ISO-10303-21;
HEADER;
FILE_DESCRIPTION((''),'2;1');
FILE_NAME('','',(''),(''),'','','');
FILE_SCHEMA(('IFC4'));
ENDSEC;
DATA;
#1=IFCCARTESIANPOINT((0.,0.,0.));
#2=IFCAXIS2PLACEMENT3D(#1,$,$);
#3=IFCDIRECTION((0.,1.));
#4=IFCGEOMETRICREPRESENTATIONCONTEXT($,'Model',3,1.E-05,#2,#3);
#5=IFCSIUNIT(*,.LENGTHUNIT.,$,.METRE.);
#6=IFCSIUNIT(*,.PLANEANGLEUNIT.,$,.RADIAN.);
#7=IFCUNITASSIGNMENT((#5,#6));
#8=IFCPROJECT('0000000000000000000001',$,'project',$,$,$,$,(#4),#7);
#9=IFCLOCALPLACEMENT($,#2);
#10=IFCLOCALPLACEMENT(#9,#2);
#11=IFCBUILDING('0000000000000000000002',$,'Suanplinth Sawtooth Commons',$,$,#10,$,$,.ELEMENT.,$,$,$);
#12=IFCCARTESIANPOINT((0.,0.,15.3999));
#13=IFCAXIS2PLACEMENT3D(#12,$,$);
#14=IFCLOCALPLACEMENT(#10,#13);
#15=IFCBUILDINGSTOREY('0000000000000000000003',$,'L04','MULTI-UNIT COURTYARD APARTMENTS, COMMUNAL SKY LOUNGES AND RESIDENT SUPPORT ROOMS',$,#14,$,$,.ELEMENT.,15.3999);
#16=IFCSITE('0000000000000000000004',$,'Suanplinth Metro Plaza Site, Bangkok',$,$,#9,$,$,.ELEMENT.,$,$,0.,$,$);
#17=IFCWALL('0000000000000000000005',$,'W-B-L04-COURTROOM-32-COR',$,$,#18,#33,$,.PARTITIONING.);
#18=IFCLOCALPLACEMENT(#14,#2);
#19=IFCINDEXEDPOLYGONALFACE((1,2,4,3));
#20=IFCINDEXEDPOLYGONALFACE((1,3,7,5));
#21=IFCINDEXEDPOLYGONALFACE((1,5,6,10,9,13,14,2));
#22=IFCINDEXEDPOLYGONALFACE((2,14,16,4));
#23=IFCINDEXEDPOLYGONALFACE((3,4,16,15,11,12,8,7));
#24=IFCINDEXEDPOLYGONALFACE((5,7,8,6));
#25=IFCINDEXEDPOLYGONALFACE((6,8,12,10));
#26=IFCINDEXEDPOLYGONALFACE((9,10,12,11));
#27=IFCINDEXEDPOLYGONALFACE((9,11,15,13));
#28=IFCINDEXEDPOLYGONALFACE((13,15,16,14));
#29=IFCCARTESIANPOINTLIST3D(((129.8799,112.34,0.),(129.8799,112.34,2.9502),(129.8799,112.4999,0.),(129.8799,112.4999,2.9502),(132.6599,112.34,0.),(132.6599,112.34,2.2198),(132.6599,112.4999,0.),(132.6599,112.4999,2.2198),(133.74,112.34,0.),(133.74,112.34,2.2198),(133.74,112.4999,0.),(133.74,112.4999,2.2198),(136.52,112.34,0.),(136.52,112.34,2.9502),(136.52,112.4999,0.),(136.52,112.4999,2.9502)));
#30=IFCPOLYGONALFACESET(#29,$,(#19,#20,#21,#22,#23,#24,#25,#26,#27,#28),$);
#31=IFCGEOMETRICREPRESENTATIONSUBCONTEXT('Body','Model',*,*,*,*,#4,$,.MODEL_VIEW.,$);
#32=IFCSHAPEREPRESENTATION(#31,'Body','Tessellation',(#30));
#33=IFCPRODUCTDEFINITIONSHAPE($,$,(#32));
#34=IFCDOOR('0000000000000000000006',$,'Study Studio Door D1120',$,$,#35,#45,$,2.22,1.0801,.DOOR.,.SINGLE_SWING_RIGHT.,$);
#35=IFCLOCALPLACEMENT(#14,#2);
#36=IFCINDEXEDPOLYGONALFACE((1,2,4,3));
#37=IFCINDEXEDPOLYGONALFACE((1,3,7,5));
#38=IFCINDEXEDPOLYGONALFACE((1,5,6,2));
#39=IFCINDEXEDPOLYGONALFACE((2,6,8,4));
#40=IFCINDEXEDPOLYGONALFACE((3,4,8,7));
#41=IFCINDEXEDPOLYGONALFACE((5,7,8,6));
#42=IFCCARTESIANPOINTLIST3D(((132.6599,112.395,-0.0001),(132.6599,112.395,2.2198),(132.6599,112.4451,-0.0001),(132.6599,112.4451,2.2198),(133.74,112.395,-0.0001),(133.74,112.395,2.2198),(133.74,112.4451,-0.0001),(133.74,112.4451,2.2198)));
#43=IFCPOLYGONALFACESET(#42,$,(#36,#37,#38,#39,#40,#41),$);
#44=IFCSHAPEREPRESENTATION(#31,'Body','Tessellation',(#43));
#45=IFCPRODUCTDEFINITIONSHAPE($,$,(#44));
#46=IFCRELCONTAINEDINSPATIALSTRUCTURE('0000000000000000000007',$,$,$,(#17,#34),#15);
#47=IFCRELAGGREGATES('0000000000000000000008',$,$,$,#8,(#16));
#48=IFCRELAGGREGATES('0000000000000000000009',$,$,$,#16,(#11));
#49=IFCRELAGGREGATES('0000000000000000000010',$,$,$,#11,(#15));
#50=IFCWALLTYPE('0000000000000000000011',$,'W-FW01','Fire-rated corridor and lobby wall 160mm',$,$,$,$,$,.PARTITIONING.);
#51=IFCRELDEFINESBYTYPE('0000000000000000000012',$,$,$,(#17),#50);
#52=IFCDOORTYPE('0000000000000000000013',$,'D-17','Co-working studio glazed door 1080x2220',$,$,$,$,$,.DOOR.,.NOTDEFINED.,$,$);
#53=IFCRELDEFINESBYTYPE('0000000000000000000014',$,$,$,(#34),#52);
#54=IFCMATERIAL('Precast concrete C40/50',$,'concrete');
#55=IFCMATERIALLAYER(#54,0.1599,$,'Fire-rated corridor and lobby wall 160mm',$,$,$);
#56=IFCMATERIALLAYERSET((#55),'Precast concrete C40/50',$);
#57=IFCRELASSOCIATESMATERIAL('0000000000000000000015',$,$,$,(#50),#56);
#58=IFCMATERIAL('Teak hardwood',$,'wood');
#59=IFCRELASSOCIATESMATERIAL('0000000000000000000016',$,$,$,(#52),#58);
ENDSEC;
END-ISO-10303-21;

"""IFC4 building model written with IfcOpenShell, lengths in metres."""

from ifc_helpers import new_model, si_unit, direction, frame, frame_2d, origin, place, context, subcontext, project, spatial, rectangle, extrude, material, layer, layer_set, type_object, element, fill, save


model = new_model("IFC4")

# Units and contexts
model_context = context("Model", 3, precision=1e-05, world=origin(), true_north=direction((0.0, 1.0)))
body_context = subcontext(model_context, "Body", "Model", "MODEL_VIEW")
ifc_project = project(units=[si_unit("LENGTHUNIT", "METRE"), si_unit("PLANEANGLEUNIT", "RADIAN")], contexts=[model_context])

# Site, building, storey
site_placement = place(None, origin())
site = spatial("IfcSite", under=ifc_project, at=site_placement, Name="Suanplinth Metro Plaza Site, Bangkok", CompositionType="ELEMENT", RefElevation=0.0)
building_placement = place(site_placement, origin())
building = spatial("IfcBuilding", under=site, at=building_placement, Name="Suanplinth Sawtooth Commons", CompositionType="ELEMENT")
storey_placement = place(building_placement, frame((0.0, 0.0, 15.3999)))
storey = spatial("IfcBuildingStorey", under=building, at=storey_placement, Name="L04", Description="MULTI-UNIT COURTYARD APARTMENTS, COMMUNAL SKY LOUNGES AND RESIDENT SUPPORT ROOMS", CompositionType="ELEMENT", Elevation=15.3999)

# Shared definitions
ifc_material_1 = material(Name="Precast concrete C40/50", Category="concrete")

# Wall, opening, door
ifc_layer_1 = layer(ifc_material_1, 0.1599, Name="Fire-rated corridor and lobby wall 160mm")
ifc_layer_set_1 = layer_set([ifc_layer_1], Name="Precast concrete C40/50")
wall_type_1 = type_object("IfcWallType", Name="W-FW01", Description="Fire-rated corridor and lobby wall 160mm", PredefinedType="PARTITIONING", material=ifc_layer_set_1)
ifc_material_2 = material(Name="Teak hardwood", Category="wood")
wall_1_placement = place(storey_placement, frame((129.8799, 112.4199, 0.0), z_axis=(0.0, 0.0, 1.0), x_axis=(1.0, 0.0, 0.0)))
wall_1 = element("IfcWall", 1, at=wall_1_placement, inside=storey, type_object=wall_type_1, Name="W-B-L04-COURTROOM-32-COR", PredefinedType="PARTITIONING", context=body_context, shape_type="SweptSolid", body=[
    extrude(rectangle(XDim=6.6401, YDim=0.1599, at=frame_2d((3.3201, 0.0))), origin(), (0.0, 0.0, 1.0), 2.9502),
])
opening_1_placement = place(wall_1_placement, frame((2.78, 0.0, 0.0)))
opening_1 = element("IfcOpeningElement", 2, at=opening_1_placement, cuts=wall_1, PredefinedType="OPENING", context=body_context, shape_type="SweptSolid", body=[
    extrude(rectangle(XDim=1.0801, YDim=2.22, at=frame_2d((0.54, 1.1099))), frame((0.0, 0.0947, 0.0), z_axis=(0.0, -1.0, 0.0), x_axis=(1.0, 0.0, 0.0)), (0.0, 0.0, 1.0), 0.1897),
])
door_type_1 = type_object("IfcDoorType", Name="D-17", Description="Co-working studio glazed door 1080x2220", OperationType="NOTDEFINED", PredefinedType="DOOR", material=ifc_material_2)
door_1_placement = place(opening_1_placement, frame((1.0801, 0.0, 0.0), z_axis=(0.0, 0.0, 1.0), x_axis=(-1.0, 0.0, 0.0)))
door_1 = element("IfcDoor", 3, at=door_1_placement, inside=storey, type_object=door_type_1, Name="Study Studio Door D1120", OperationType="SINGLE_SWING_RIGHT", OverallHeight=2.22, OverallWidth=1.0801, PredefinedType="DOOR", context=body_context, shape_type="SweptSolid", body=[
    extrude(rectangle(XDim=1.0801, YDim=2.22, at=frame_2d((0.54, 1.1099))), frame((0.0, 0.0249, 0.0), z_axis=(0.0, -1.0, 0.0), x_axis=(1.0, 0.0, 0.0)), (0.0, 0.0, 1.0), 0.05),
])
fill(opening_1, door_1)

save(model, "model.ifc")
